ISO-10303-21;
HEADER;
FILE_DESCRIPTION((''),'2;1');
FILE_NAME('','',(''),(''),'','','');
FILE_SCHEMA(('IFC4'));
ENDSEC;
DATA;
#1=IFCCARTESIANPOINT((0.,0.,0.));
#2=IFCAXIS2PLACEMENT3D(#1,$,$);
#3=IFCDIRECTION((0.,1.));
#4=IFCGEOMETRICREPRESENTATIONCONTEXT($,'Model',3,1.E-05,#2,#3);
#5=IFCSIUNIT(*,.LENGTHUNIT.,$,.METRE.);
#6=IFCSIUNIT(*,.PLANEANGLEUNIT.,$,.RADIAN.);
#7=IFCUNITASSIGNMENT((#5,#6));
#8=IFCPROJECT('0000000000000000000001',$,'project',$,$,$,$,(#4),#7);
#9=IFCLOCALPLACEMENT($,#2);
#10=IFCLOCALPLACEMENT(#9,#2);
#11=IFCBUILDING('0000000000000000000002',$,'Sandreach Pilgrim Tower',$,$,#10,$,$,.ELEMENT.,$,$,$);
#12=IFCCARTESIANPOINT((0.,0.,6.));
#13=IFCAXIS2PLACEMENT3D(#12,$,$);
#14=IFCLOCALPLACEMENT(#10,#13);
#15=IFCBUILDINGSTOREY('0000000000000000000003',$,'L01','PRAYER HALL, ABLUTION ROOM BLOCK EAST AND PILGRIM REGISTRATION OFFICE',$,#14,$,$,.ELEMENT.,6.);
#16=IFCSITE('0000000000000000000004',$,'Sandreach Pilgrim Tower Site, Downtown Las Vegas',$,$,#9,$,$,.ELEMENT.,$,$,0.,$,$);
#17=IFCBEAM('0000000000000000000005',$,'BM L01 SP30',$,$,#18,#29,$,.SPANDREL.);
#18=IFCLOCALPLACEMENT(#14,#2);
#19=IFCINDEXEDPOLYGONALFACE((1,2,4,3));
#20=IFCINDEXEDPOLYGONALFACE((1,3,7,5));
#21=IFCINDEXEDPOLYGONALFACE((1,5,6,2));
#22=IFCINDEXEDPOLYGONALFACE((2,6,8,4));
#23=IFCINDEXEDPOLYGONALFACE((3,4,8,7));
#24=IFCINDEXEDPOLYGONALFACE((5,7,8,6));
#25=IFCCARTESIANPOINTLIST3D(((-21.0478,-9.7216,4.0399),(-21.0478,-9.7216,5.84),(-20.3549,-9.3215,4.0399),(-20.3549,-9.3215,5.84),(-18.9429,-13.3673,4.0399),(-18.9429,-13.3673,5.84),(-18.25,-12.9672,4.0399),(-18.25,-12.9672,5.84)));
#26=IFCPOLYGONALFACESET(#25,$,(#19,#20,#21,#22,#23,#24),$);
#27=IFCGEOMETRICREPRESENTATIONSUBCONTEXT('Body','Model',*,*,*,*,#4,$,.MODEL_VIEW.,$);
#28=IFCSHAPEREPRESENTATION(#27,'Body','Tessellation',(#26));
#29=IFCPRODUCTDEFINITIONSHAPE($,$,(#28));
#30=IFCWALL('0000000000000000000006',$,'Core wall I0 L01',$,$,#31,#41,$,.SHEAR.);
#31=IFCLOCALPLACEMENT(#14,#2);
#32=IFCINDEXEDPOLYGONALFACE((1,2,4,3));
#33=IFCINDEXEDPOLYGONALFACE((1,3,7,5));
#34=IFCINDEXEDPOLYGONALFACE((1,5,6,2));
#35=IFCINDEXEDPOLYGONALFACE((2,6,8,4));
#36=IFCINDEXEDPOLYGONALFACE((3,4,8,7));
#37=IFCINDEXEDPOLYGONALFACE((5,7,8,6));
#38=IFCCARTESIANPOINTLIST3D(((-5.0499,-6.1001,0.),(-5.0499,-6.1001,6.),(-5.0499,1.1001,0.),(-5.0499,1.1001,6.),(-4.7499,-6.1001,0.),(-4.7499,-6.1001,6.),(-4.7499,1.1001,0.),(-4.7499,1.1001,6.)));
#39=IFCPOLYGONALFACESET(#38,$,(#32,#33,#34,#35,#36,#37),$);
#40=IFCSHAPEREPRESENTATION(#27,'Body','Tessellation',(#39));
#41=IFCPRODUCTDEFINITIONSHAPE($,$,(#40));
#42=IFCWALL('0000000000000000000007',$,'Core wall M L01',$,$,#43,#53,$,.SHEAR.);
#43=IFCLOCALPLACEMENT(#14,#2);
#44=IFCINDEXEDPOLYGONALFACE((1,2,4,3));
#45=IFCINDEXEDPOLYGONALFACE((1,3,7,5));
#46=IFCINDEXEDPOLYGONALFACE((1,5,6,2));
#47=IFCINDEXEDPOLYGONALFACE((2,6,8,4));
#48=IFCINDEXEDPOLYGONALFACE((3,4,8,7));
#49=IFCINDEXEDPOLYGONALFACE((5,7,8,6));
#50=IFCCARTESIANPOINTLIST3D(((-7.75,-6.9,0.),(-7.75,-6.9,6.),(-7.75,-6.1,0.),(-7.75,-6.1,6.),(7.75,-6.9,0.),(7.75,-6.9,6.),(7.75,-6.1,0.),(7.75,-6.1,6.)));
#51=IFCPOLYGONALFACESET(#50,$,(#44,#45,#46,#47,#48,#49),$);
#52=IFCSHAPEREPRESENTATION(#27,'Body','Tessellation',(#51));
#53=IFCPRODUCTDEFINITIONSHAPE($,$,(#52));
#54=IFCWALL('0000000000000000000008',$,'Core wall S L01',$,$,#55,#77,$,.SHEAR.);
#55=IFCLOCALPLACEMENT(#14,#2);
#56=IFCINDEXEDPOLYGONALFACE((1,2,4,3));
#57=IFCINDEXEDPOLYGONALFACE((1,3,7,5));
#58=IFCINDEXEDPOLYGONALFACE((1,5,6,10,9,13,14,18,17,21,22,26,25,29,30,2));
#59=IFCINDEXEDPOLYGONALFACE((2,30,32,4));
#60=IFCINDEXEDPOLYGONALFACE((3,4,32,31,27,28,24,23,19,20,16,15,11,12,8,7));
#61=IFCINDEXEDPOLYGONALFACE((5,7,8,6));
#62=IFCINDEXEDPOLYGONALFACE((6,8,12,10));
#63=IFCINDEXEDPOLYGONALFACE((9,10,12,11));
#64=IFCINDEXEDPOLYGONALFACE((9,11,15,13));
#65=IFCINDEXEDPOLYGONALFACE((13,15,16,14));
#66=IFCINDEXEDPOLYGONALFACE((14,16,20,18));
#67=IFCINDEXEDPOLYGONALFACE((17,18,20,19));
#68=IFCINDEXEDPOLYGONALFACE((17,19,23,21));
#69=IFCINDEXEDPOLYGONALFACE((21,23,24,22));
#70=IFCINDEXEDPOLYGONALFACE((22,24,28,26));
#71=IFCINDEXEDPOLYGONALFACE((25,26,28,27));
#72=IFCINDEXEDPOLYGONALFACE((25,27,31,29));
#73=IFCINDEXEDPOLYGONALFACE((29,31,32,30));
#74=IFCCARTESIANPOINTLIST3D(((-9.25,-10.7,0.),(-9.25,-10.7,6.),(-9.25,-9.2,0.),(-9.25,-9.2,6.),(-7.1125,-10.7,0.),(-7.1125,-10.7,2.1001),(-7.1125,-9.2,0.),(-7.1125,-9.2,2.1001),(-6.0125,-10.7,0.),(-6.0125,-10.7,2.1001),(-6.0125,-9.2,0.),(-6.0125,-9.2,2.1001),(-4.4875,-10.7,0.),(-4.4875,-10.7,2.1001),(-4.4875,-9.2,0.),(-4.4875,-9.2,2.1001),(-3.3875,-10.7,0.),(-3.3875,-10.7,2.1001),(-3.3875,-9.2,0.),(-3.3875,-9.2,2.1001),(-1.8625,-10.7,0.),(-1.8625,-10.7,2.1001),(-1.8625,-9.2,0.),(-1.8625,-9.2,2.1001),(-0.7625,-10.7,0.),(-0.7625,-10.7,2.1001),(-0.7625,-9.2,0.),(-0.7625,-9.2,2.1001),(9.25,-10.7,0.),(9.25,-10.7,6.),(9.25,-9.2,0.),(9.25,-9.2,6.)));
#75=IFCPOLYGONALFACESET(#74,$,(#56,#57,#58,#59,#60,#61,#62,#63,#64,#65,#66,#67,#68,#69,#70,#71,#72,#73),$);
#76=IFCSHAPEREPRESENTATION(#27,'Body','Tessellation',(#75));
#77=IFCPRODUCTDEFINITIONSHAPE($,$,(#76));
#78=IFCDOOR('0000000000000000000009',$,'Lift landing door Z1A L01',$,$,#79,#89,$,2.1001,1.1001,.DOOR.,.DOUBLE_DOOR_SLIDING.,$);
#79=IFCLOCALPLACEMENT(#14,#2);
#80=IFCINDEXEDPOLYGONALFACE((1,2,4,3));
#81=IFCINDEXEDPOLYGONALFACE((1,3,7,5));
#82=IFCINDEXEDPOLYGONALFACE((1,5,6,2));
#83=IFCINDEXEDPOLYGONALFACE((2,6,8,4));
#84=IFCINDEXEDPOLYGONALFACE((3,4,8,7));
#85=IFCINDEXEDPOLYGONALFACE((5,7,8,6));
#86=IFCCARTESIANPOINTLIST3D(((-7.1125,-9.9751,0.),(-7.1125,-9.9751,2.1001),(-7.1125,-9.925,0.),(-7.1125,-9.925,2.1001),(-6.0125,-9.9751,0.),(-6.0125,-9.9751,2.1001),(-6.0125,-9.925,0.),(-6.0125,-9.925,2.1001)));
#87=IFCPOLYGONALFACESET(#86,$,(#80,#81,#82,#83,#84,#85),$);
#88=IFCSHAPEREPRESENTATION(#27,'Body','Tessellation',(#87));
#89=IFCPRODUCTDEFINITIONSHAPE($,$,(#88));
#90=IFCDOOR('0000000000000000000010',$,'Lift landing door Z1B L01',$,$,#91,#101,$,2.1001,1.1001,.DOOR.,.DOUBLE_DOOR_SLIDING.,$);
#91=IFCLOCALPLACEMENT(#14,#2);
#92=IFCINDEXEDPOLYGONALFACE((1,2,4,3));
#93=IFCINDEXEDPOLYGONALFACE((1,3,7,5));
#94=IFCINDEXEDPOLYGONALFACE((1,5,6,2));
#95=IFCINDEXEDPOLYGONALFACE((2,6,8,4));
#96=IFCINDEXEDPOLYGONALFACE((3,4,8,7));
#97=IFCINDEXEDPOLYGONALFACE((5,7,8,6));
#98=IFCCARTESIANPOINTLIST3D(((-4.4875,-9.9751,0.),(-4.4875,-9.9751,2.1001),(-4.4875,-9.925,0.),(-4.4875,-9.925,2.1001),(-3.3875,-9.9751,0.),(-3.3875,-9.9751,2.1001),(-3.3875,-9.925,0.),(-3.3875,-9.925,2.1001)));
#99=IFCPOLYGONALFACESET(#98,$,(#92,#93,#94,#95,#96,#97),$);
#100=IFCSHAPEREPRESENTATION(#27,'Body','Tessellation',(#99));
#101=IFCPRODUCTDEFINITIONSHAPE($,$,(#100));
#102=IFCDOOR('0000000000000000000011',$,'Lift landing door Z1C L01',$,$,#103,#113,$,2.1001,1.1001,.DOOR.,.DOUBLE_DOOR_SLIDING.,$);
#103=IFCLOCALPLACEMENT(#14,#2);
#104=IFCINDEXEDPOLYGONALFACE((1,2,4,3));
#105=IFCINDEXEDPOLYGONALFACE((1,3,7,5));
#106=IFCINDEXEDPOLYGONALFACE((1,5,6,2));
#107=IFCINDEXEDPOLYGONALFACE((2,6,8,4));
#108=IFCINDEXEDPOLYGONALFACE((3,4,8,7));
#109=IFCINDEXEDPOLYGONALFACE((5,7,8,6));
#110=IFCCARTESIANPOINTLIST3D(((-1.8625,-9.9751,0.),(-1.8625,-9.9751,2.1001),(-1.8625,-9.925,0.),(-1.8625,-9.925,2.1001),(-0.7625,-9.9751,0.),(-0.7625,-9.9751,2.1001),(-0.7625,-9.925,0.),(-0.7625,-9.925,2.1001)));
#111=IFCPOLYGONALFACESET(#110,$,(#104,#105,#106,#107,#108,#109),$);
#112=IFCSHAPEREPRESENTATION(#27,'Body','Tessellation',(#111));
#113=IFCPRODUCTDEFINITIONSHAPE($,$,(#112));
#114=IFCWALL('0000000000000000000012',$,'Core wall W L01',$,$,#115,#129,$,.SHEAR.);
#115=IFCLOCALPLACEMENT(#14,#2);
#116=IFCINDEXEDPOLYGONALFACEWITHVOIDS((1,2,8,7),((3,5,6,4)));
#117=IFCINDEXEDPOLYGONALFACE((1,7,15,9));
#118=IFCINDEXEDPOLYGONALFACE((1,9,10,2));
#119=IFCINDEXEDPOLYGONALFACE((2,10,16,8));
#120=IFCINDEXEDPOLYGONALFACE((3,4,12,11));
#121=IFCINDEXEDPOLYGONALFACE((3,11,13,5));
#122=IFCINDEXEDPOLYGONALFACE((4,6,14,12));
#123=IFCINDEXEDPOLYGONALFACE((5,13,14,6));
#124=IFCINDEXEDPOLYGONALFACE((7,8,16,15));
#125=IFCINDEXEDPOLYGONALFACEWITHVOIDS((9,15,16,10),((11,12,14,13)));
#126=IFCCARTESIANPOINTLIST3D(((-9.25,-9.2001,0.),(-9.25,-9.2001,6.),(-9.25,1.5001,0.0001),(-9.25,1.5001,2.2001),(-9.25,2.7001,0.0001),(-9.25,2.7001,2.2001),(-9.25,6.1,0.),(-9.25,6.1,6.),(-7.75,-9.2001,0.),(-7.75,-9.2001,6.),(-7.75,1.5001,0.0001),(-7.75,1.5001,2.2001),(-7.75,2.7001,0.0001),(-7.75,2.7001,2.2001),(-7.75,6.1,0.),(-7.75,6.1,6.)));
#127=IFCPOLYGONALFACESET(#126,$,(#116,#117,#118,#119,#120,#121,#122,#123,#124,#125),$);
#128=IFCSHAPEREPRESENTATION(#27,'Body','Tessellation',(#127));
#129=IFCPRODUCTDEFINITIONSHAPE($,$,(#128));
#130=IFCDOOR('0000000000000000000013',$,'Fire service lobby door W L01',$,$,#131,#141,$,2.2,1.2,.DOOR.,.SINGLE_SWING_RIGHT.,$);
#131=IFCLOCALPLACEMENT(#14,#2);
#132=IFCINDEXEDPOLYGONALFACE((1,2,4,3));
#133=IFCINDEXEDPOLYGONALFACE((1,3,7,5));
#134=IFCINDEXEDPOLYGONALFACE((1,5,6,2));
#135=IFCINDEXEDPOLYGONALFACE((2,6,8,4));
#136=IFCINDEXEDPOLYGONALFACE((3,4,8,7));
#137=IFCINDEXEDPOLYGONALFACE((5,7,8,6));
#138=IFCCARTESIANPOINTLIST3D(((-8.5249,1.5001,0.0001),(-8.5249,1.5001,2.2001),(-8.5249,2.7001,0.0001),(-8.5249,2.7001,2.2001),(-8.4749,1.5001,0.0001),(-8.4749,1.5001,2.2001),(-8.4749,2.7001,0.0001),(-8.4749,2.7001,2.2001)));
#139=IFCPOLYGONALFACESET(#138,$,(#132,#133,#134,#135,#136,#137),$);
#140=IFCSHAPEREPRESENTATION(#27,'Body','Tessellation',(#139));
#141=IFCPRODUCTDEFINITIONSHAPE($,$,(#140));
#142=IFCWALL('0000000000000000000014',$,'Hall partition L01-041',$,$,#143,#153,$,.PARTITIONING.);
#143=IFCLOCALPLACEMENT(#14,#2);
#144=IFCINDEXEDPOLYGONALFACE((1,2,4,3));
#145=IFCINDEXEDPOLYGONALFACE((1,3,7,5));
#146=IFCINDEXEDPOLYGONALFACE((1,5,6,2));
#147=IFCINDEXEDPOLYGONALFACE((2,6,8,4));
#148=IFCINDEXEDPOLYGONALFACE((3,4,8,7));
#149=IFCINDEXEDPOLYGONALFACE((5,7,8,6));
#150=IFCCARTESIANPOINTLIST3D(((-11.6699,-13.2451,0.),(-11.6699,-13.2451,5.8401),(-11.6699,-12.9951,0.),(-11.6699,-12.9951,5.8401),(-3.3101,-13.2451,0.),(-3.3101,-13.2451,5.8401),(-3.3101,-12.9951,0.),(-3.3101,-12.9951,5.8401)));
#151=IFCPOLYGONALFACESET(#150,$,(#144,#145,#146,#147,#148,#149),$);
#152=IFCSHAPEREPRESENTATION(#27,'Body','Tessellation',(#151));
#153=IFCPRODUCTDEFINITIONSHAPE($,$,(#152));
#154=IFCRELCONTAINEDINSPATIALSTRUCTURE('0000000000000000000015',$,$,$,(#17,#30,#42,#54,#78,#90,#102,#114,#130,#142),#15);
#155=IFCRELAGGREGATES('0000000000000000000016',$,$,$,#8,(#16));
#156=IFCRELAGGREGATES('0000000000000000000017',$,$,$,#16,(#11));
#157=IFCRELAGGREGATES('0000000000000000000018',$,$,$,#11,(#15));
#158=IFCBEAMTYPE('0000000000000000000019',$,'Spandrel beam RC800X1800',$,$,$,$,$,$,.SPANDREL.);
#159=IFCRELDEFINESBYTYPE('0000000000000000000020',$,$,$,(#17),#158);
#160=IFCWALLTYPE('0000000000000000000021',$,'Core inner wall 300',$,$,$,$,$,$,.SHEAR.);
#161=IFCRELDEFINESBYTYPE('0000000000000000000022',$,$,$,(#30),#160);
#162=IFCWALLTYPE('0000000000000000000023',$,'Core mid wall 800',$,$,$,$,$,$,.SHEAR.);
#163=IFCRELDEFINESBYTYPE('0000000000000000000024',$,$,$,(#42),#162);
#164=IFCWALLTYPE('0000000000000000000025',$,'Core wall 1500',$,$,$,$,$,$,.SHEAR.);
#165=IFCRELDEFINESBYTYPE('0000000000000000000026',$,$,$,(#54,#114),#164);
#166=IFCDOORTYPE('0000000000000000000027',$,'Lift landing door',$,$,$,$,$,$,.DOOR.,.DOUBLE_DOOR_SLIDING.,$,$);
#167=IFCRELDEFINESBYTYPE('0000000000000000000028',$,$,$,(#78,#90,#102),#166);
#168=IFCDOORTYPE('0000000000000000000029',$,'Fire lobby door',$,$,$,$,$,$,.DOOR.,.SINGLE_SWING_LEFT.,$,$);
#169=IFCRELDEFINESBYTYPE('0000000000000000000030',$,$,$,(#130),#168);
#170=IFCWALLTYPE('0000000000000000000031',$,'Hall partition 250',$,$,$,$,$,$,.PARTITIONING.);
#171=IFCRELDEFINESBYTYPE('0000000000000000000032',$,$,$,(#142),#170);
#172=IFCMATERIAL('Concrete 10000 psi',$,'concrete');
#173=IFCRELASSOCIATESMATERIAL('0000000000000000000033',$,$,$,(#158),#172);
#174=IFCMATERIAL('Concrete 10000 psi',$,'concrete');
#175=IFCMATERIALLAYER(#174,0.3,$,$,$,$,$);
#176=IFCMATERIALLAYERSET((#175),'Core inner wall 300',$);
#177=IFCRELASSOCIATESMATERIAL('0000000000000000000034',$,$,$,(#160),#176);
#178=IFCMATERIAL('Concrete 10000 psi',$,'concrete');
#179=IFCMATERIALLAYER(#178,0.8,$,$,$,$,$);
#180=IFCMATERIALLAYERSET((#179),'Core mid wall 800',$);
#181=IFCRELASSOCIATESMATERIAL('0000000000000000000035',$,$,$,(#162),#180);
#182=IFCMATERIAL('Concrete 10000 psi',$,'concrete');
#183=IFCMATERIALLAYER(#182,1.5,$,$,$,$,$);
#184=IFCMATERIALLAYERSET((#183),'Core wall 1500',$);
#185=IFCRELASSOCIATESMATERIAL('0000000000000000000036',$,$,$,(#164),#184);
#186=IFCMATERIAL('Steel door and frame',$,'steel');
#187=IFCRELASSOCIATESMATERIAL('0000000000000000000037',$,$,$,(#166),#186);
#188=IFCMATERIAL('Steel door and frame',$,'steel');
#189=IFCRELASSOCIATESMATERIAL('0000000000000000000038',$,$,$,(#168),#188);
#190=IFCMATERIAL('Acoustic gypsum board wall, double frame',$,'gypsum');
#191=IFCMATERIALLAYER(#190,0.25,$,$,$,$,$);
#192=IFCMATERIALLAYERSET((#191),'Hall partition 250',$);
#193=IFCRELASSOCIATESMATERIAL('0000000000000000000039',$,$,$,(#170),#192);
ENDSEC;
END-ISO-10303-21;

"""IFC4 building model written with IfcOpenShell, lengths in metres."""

from ifc_helpers import new_model, si_unit, direction, frame, frame_2d, origin, origin_2d, place, context, subcontext, project, spatial, rectangle, extrude, material, layer, layer_set, material_profile, profile_set, type_object, element, fill, save


model = new_model("IFC4")

# Units and contexts
model_context = context("Model", 3, precision=1e-05, world=origin(), true_north=direction((0.0, 1.0)))
body_context = subcontext(model_context, "Body", "Model", "MODEL_VIEW")
ifc_project = project(units=[si_unit("LENGTHUNIT", "METRE"), si_unit("PLANEANGLEUNIT", "RADIAN")], contexts=[model_context])

# Site, building, storey
site_placement = place(None, origin())
site = spatial("IfcSite", under=ifc_project, at=site_placement, Name="Sandreach Pilgrim Tower Site, Downtown Las Vegas", CompositionType="ELEMENT", RefElevation=0.0)
building_placement = place(site_placement, origin())
building = spatial("IfcBuilding", under=site, at=building_placement, Name="Sandreach Pilgrim Tower", CompositionType="ELEMENT")
storey_placement = place(building_placement, frame((0.0, 0.0, 6.0)))
storey = spatial("IfcBuildingStorey", under=building, at=storey_placement, Name="L01", Description="PRAYER HALL, ABLUTION ROOM BLOCK EAST AND PILGRIM REGISTRATION OFFICE", CompositionType="ELEMENT", Elevation=6.0)

# Beam
ifc_material_1 = material(Name="Concrete 10000 psi", Category="concrete")
ifc_material_profile_1 = material_profile(ifc_material_1, rectangle(XDim=0.8, YDim=1.8, at=origin_2d()), Name="RC800X1800")
ifc_profile_set_1 = profile_set([ifc_material_profile_1], Name="Concrete 10000 psi")
beam_type_1 = type_object("IfcBeamType", Name="Spandrel beam RC800X1800", PredefinedType="SPANDREL", material=ifc_profile_set_1)
beam_1_placement = place(storey_placement, frame((-18.5964, -13.1672, 4.9399), z_axis=(-0.500019, 0.866015, 0.0), x_axis=(-0.866015, -0.500019, 0.0)))
element("IfcBeam", 1, at=beam_1_placement, inside=storey, type_object=beam_type_1, Name="BM L01 SP30", PredefinedType="SPANDREL", context=body_context, shape_type="SweptSolid", body=[
    extrude(rectangle(XDim=0.8, YDim=1.8, at=origin_2d()), origin(), (0.0, 0.0, 1.0), 4.2097),
])

# Wall
ifc_material_2 = material(Name="Concrete 10000 psi", Category="concrete")
ifc_layer_1 = layer(ifc_material_2, 0.3)
ifc_layer_set_1 = layer_set([ifc_layer_1], Name="Core inner wall 300")
wall_type_1 = type_object("IfcWallType", Name="Core inner wall 300", PredefinedType="SHEAR", material=ifc_layer_set_1)
wall_1_placement = place(storey_placement, frame((-4.8999, -6.1001, 0.0), z_axis=(0.0, 0.0, 1.0), x_axis=(0.0, 1.0, 0.0)))
element("IfcWall", 2, at=wall_1_placement, inside=storey, type_object=wall_type_1, Name="Core wall I0 L01", PredefinedType="SHEAR", context=body_context, shape_type="SweptSolid", body=[
    extrude(rectangle(XDim=7.2002, YDim=0.3, at=frame_2d((3.6001, 0.0))), origin(), (0.0, 0.0, 1.0), 6.0),
])

# Wall
ifc_material_3 = material(Name="Concrete 10000 psi", Category="concrete")
ifc_layer_2 = layer(ifc_material_3, 0.8)
ifc_layer_set_2 = layer_set([ifc_layer_2], Name="Core mid wall 800")
wall_type_2 = type_object("IfcWallType", Name="Core mid wall 800", PredefinedType="SHEAR", material=ifc_layer_set_2)
wall_2_placement = place(storey_placement, frame((-7.75, -6.5, 0.0), z_axis=(0.0, 0.0, 1.0), x_axis=(1.0, 0.0, 0.0)))
element("IfcWall", 3, at=wall_2_placement, inside=storey, type_object=wall_type_2, Name="Core wall M L01", PredefinedType="SHEAR", context=body_context, shape_type="SweptSolid", body=[
    extrude(rectangle(XDim=15.5, YDim=0.8, at=frame_2d((7.75, 0.0))), origin(), (0.0, 0.0, 1.0), 6.0),
])

# Wall, openings, doors
ifc_material_4 = material(Name="Concrete 10000 psi", Category="concrete")
ifc_layer_3 = layer(ifc_material_4, 1.5)
ifc_layer_set_3 = layer_set([ifc_layer_3], Name="Core wall 1500")
wall_type_3 = type_object("IfcWallType", Name="Core wall 1500", PredefinedType="SHEAR", material=ifc_layer_set_3)
wall_3_placement = place(storey_placement, frame((-9.25, -9.95, 0.0), z_axis=(0.0, 0.0, 1.0), x_axis=(1.0, 0.0, 0.0)))
wall_3 = element("IfcWall", 4, at=wall_3_placement, inside=storey, type_object=wall_type_3, Name="Core wall S L01", PredefinedType="SHEAR", context=body_context, shape_type="SweptSolid", body=[
    extrude(rectangle(XDim=18.5, YDim=1.5, at=frame_2d((9.25, 0.0))), origin(), (0.0, 0.0, 1.0), 6.0),
])
opening_1_placement = place(wall_3_placement, frame((2.1375, 0.0, 0.0)))
opening_1 = element("IfcOpeningElement", 5, at=opening_1_placement, cuts=wall_3, PredefinedType="OPENING", context=body_context, shape_type="SweptSolid", body=[
    extrude(rectangle(XDim=1.1001, YDim=2.1001, at=frame_2d((0.55, 1.05))), frame((0.0, 0.75, 0.0), z_axis=(0.0, -1.0, 0.0), x_axis=(1.0, 0.0, 0.0)), (0.0, 0.0, 1.0), 1.5),
])
opening_2_placement = place(wall_3_placement, frame((4.7625, 0.0, 0.0)))
opening_2 = element("IfcOpeningElement", 6, at=opening_2_placement, cuts=wall_3, PredefinedType="OPENING", context=body_context, shape_type="SweptSolid", body=[
    extrude(rectangle(XDim=1.1001, YDim=2.1001, at=frame_2d((0.55, 1.05))), frame((0.0, 0.75, 0.0), z_axis=(0.0, -1.0, 0.0), x_axis=(1.0, 0.0, 0.0)), (0.0, 0.0, 1.0), 1.5),
])
opening_3_placement = place(wall_3_placement, frame((7.3875, 0.0, 0.0)))
opening_3 = element("IfcOpeningElement", 7, at=opening_3_placement, cuts=wall_3, PredefinedType="OPENING", context=body_context, shape_type="SweptSolid", body=[
    extrude(rectangle(XDim=1.1001, YDim=2.1001, at=frame_2d((0.55, 1.05))), frame((0.0, 0.75, 0.0), z_axis=(0.0, -1.0, 0.0), x_axis=(1.0, 0.0, 0.0)), (0.0, 0.0, 1.0), 1.5),
])
ifc_material_5 = material(Name="Steel door and frame", Category="steel")
door_type_1 = type_object("IfcDoorType", Name="Lift landing door", OperationType="DOUBLE_DOOR_SLIDING", PredefinedType="DOOR", material=ifc_material_5)
door_1_placement = place(opening_1_placement, origin())
door_1 = element("IfcDoor", 8, at=door_1_placement, inside=storey, type_object=door_type_1, Name="Lift landing door Z1A L01", OperationType="DOUBLE_DOOR_SLIDING", OverallHeight=2.1001, OverallWidth=1.1001, PredefinedType="DOOR", context=body_context, shape_type="SweptSolid", body=[
    extrude(rectangle(XDim=1.1001, YDim=2.1001, at=frame_2d((0.55, 1.05))), frame((0.0, 0.0249, 0.0), z_axis=(0.0, -1.0, 0.0), x_axis=(1.0, 0.0, 0.0)), (0.0, 0.0, 1.0), 0.05),
])
fill(opening_1, door_1)
door_2_placement = place(opening_2_placement, origin())
door_2 = element("IfcDoor", 9, at=door_2_placement, inside=storey, type_object=door_type_1, Name="Lift landing door Z1B L01", OperationType="DOUBLE_DOOR_SLIDING", OverallHeight=2.1001, OverallWidth=1.1001, PredefinedType="DOOR", context=body_context, shape_type="SweptSolid", body=[
    extrude(rectangle(XDim=1.1001, YDim=2.1001, at=frame_2d((0.55, 1.05))), frame((0.0, 0.0249, 0.0), z_axis=(0.0, -1.0, 0.0), x_axis=(1.0, 0.0, 0.0)), (0.0, 0.0, 1.0), 0.05),
])
fill(opening_2, door_2)
door_3_placement = place(opening_3_placement, origin())
door_3 = element("IfcDoor", 10, at=door_3_placement, inside=storey, type_object=door_type_1, Name="Lift landing door Z1C L01", OperationType="DOUBLE_DOOR_SLIDING", OverallHeight=2.1001, OverallWidth=1.1001, PredefinedType="DOOR", context=body_context, shape_type="SweptSolid", body=[
    extrude(rectangle(XDim=1.1001, YDim=2.1001, at=frame_2d((0.55, 1.05))), frame((0.0, 0.0249, 0.0), z_axis=(0.0, -1.0, 0.0), x_axis=(1.0, 0.0, 0.0)), (0.0, 0.0, 1.0), 0.05),
])
fill(opening_3, door_3)

# Wall, opening, door
wall_4_placement = place(storey_placement, frame((-8.5, -9.2, 0.0), z_axis=(0.0, 0.0, 1.0), x_axis=(0.0, 1.0, 0.0)))
wall_4 = element("IfcWall", 11, at=wall_4_placement, inside=storey, type_object=wall_type_3, Name="Core wall W L01", PredefinedType="SHEAR", context=body_context, shape_type="SweptSolid", body=[
    extrude(rectangle(XDim=15.3, YDim=1.5, at=frame_2d((7.6499, 0.0))), origin(), (0.0, 0.0, 1.0), 6.0),
])
opening_4_placement = place(wall_4_placement, frame((10.7, 0.0, 0.0)))
opening_4 = element("IfcOpeningElement", 12, at=opening_4_placement, cuts=wall_4, PredefinedType="OPENING", context=body_context, shape_type="SweptSolid", body=[
    extrude(rectangle(XDim=1.2, YDim=2.2, at=frame_2d((0.6001, 1.1001))), frame((0.0, 0.75, 0.0), z_axis=(0.0, -1.0, 0.0), x_axis=(1.0, 0.0, 0.0)), (0.0, 0.0, 1.0), 1.5),
])
ifc_material_6 = material(Name="Steel door and frame", Category="steel")
door_type_2 = type_object("IfcDoorType", Name="Fire lobby door", OperationType="SINGLE_SWING_LEFT", PredefinedType="DOOR", material=ifc_material_6)
door_4_placement = place(opening_4_placement, origin())
door_4 = element("IfcDoor", 13, at=door_4_placement, inside=storey, type_object=door_type_2, Name="Fire service lobby door W L01", OperationType="SINGLE_SWING_RIGHT", OverallHeight=2.2, OverallWidth=1.2, PredefinedType="DOOR", context=body_context, shape_type="SweptSolid", body=[
    extrude(rectangle(XDim=1.2, YDim=2.2, at=frame_2d((0.6001, 1.1001))), frame((0.0, 0.0249, 0.0), z_axis=(0.0, -1.0, 0.0), x_axis=(1.0, 0.0, 0.0)), (0.0, 0.0, 1.0), 0.05),
])
fill(opening_4, door_4)

# Wall
ifc_material_7 = material(Name="Acoustic gypsum board wall, double frame", Category="gypsum")
ifc_layer_4 = layer(ifc_material_7, 0.25)
ifc_layer_set_4 = layer_set([ifc_layer_4], Name="Hall partition 250")
wall_type_4 = type_object("IfcWallType", Name="Hall partition 250", PredefinedType="PARTITIONING", material=ifc_layer_set_4)
wall_5_placement = place(storey_placement, frame((-11.6699, -13.1201, 0.0), z_axis=(0.0, 0.0, 1.0), x_axis=(1.0, 0.0, 0.0)))
element("IfcWall", 14, at=wall_5_placement, inside=storey, type_object=wall_type_4, Name="Hall partition L01-041", PredefinedType="PARTITIONING", context=body_context, shape_type="SweptSolid", body=[
    extrude(rectangle(XDim=8.3599, YDim=0.25, at=frame_2d((4.1799, 0.0))), origin(), (0.0, 0.0, 1.0), 5.8401),
])

save(model, "model.ifc")
